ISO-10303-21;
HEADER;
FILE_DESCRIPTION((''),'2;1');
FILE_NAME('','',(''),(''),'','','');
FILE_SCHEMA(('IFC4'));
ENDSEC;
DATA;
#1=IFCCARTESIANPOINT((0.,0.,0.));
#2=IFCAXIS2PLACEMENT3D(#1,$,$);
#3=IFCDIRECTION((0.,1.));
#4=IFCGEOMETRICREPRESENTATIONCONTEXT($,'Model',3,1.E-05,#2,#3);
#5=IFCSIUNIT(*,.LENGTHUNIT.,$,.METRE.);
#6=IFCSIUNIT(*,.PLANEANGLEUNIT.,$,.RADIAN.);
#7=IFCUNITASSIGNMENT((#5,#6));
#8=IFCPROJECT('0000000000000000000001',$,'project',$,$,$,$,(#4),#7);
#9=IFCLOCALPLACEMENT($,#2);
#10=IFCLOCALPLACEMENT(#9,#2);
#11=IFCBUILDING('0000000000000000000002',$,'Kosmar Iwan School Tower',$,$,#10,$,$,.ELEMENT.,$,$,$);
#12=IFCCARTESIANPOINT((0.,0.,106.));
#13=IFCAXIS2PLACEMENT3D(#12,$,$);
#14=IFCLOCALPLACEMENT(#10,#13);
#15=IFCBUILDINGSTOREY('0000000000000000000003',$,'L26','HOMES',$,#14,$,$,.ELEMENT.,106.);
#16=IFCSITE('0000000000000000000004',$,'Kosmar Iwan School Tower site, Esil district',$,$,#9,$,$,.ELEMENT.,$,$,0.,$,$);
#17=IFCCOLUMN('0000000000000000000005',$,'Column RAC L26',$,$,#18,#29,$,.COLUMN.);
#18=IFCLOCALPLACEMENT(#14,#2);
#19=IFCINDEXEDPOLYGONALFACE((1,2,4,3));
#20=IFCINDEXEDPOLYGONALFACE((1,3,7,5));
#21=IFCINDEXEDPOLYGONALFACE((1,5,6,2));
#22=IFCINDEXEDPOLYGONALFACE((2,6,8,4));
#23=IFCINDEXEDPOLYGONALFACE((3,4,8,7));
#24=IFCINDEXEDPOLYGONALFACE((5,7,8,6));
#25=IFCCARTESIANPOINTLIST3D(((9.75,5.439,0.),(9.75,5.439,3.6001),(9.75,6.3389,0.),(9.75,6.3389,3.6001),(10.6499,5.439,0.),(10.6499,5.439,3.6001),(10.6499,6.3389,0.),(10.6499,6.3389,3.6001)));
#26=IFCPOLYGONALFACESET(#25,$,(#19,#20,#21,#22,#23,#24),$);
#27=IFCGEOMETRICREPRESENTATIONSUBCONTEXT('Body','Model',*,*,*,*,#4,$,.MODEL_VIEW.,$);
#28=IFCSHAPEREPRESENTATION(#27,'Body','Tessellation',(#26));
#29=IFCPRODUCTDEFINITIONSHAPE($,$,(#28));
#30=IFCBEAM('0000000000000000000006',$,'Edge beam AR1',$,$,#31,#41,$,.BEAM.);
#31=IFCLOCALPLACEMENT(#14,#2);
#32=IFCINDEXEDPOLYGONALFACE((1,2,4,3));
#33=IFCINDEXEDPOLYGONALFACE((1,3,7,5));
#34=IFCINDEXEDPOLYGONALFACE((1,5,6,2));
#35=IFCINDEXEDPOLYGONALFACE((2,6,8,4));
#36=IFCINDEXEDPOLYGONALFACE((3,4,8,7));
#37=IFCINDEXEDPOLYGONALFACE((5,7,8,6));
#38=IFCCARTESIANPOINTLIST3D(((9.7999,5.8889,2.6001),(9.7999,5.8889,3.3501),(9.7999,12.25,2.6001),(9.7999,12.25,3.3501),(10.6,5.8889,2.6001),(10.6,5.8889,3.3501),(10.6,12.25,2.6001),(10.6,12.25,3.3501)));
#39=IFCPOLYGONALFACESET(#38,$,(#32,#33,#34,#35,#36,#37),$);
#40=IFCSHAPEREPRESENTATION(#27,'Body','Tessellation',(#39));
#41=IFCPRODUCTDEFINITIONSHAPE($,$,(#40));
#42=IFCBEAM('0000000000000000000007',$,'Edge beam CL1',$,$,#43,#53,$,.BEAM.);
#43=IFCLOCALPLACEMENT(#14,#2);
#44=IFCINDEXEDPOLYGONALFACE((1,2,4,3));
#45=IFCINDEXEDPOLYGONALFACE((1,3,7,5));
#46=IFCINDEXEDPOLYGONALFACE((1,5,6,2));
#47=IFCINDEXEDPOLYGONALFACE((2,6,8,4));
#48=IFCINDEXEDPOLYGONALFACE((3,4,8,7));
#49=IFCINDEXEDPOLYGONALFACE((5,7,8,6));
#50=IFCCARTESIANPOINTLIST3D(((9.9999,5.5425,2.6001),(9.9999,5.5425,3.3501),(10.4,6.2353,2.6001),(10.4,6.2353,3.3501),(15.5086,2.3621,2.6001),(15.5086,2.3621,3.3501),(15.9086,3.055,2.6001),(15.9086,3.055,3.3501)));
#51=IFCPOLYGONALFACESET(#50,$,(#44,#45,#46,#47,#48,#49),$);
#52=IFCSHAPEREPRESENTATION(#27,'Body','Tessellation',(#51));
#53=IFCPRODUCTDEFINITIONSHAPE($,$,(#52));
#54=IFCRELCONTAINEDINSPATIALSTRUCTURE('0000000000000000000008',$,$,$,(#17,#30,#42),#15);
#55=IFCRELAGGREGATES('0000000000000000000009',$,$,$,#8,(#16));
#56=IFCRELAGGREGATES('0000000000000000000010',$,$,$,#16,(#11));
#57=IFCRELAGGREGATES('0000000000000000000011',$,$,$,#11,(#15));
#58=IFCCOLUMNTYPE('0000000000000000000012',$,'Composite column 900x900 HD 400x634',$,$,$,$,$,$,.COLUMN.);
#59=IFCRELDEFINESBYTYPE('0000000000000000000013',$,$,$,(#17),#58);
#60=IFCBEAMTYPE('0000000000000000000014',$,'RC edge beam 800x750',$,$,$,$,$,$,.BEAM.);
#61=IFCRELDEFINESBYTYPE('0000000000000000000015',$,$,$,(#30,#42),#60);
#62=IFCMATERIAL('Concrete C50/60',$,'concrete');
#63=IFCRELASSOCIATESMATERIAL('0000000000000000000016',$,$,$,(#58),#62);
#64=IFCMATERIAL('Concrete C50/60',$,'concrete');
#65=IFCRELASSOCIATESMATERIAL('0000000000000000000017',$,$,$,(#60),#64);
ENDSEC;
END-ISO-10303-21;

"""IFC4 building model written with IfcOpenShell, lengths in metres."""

from ifc_helpers import new_model, si_unit, direction, frame, origin, origin_2d, place, context, subcontext, project, spatial, rectangle, extrude, material, material_profile, profile_set, type_object, element, save


model = new_model("IFC4")

# Units and contexts
model_context = context("Model", 3, precision=1e-05, world=origin(), true_north=direction((0.0, 1.0)))
body_context = subcontext(model_context, "Body", "Model", "MODEL_VIEW")
ifc_project = project(units=[si_unit("LENGTHUNIT", "METRE"), si_unit("PLANEANGLEUNIT", "RADIAN")], contexts=[model_context])

# Site, building, storey
site_placement = place(None, origin())
site = spatial("IfcSite", under=ifc_project, at=site_placement, Name="Kosmar Iwan School Tower site, Esil district", CompositionType="ELEMENT", RefElevation=0.0)
building_placement = place(site_placement, origin())
building = spatial("IfcBuilding", under=site, at=building_placement, Name="Kosmar Iwan School Tower", CompositionType="ELEMENT")
storey_placement = place(building_placement, frame((0.0, 0.0, 106.0)))
storey = spatial("IfcBuildingStorey", under=building, at=storey_placement, Name="L26", Description="HOMES", CompositionType="ELEMENT", Elevation=106.0)

# Column
ifc_material_1 = material(Name="Concrete C50/60", Category="concrete")
ifc_material_profile_1 = material_profile(ifc_material_1, rectangle(XDim=0.8999, YDim=0.8999, at=origin_2d()), Name="RC 900x900 + HD 400x634")
ifc_profile_set_1 = profile_set([ifc_material_profile_1], Name="Concrete C50/60")
column_type = type_object("IfcColumnType", Name="Composite column 900x900 HD 400x634", PredefinedType="COLUMN", material=ifc_profile_set_1)
column_placement = place(storey_placement, frame((10.2, 5.8889, 0.0), z_axis=(0.0, 0.0, 1.0), x_axis=(1.0, 0.0, 0.0)))
element("IfcColumn", 1, at=column_placement, inside=storey, type_object=column_type, Name="Column RAC L26", PredefinedType="COLUMN", context=body_context, shape_type="SweptSolid", body=[
    extrude(rectangle(XDim=0.8999, YDim=0.8999, at=origin_2d()), origin(), (0.0, 0.0, 1.0), 3.6001),
])

# Beams
ifc_material_2 = material(Name="Concrete C50/60", Category="concrete")
ifc_material_profile_2 = material_profile(ifc_material_2, rectangle(XDim=0.8, YDim=0.75, at=origin_2d()), Name="RC 800x750")
ifc_profile_set_2 = profile_set([ifc_material_profile_2], Name="Concrete C50/60")
beam_type = type_object("IfcBeamType", Name="RC edge beam 800x750", PredefinedType="BEAM", material=ifc_profile_set_2)
beam_1_placement = place(storey_placement, frame((10.2, 5.8889, 2.9751), z_axis=(0.0, 1.0, 0.0), x_axis=(-1.0, 0.0, 0.0)))
element("IfcBeam", 2, at=beam_1_placement, inside=storey, type_object=beam_type, Name="Edge beam AR1", PredefinedType="BEAM", context=body_context, shape_type="SweptSolid", body=[
    extrude(rectangle(XDim=0.8, YDim=0.75, at=origin_2d()), origin(), (0.0, 0.0, 1.0), 6.3611),
])
beam_2_placement = place(storey_placement, frame((10.2, 5.8889, 2.9751), z_axis=(0.866031, -0.49999, 0.0), x_axis=(0.49999, 0.866031, 0.0)))
element("IfcBeam", 3, at=beam_2_placement, inside=storey, type_object=beam_type, Name="Edge beam CL1", PredefinedType="BEAM", context=body_context, shape_type="SweptSolid", body=[
    extrude(rectangle(XDim=0.8, YDim=0.75, at=origin_2d()), origin(), (0.0, 0.0, 1.0), 6.3608),
])

save(model, "model.ifc")
